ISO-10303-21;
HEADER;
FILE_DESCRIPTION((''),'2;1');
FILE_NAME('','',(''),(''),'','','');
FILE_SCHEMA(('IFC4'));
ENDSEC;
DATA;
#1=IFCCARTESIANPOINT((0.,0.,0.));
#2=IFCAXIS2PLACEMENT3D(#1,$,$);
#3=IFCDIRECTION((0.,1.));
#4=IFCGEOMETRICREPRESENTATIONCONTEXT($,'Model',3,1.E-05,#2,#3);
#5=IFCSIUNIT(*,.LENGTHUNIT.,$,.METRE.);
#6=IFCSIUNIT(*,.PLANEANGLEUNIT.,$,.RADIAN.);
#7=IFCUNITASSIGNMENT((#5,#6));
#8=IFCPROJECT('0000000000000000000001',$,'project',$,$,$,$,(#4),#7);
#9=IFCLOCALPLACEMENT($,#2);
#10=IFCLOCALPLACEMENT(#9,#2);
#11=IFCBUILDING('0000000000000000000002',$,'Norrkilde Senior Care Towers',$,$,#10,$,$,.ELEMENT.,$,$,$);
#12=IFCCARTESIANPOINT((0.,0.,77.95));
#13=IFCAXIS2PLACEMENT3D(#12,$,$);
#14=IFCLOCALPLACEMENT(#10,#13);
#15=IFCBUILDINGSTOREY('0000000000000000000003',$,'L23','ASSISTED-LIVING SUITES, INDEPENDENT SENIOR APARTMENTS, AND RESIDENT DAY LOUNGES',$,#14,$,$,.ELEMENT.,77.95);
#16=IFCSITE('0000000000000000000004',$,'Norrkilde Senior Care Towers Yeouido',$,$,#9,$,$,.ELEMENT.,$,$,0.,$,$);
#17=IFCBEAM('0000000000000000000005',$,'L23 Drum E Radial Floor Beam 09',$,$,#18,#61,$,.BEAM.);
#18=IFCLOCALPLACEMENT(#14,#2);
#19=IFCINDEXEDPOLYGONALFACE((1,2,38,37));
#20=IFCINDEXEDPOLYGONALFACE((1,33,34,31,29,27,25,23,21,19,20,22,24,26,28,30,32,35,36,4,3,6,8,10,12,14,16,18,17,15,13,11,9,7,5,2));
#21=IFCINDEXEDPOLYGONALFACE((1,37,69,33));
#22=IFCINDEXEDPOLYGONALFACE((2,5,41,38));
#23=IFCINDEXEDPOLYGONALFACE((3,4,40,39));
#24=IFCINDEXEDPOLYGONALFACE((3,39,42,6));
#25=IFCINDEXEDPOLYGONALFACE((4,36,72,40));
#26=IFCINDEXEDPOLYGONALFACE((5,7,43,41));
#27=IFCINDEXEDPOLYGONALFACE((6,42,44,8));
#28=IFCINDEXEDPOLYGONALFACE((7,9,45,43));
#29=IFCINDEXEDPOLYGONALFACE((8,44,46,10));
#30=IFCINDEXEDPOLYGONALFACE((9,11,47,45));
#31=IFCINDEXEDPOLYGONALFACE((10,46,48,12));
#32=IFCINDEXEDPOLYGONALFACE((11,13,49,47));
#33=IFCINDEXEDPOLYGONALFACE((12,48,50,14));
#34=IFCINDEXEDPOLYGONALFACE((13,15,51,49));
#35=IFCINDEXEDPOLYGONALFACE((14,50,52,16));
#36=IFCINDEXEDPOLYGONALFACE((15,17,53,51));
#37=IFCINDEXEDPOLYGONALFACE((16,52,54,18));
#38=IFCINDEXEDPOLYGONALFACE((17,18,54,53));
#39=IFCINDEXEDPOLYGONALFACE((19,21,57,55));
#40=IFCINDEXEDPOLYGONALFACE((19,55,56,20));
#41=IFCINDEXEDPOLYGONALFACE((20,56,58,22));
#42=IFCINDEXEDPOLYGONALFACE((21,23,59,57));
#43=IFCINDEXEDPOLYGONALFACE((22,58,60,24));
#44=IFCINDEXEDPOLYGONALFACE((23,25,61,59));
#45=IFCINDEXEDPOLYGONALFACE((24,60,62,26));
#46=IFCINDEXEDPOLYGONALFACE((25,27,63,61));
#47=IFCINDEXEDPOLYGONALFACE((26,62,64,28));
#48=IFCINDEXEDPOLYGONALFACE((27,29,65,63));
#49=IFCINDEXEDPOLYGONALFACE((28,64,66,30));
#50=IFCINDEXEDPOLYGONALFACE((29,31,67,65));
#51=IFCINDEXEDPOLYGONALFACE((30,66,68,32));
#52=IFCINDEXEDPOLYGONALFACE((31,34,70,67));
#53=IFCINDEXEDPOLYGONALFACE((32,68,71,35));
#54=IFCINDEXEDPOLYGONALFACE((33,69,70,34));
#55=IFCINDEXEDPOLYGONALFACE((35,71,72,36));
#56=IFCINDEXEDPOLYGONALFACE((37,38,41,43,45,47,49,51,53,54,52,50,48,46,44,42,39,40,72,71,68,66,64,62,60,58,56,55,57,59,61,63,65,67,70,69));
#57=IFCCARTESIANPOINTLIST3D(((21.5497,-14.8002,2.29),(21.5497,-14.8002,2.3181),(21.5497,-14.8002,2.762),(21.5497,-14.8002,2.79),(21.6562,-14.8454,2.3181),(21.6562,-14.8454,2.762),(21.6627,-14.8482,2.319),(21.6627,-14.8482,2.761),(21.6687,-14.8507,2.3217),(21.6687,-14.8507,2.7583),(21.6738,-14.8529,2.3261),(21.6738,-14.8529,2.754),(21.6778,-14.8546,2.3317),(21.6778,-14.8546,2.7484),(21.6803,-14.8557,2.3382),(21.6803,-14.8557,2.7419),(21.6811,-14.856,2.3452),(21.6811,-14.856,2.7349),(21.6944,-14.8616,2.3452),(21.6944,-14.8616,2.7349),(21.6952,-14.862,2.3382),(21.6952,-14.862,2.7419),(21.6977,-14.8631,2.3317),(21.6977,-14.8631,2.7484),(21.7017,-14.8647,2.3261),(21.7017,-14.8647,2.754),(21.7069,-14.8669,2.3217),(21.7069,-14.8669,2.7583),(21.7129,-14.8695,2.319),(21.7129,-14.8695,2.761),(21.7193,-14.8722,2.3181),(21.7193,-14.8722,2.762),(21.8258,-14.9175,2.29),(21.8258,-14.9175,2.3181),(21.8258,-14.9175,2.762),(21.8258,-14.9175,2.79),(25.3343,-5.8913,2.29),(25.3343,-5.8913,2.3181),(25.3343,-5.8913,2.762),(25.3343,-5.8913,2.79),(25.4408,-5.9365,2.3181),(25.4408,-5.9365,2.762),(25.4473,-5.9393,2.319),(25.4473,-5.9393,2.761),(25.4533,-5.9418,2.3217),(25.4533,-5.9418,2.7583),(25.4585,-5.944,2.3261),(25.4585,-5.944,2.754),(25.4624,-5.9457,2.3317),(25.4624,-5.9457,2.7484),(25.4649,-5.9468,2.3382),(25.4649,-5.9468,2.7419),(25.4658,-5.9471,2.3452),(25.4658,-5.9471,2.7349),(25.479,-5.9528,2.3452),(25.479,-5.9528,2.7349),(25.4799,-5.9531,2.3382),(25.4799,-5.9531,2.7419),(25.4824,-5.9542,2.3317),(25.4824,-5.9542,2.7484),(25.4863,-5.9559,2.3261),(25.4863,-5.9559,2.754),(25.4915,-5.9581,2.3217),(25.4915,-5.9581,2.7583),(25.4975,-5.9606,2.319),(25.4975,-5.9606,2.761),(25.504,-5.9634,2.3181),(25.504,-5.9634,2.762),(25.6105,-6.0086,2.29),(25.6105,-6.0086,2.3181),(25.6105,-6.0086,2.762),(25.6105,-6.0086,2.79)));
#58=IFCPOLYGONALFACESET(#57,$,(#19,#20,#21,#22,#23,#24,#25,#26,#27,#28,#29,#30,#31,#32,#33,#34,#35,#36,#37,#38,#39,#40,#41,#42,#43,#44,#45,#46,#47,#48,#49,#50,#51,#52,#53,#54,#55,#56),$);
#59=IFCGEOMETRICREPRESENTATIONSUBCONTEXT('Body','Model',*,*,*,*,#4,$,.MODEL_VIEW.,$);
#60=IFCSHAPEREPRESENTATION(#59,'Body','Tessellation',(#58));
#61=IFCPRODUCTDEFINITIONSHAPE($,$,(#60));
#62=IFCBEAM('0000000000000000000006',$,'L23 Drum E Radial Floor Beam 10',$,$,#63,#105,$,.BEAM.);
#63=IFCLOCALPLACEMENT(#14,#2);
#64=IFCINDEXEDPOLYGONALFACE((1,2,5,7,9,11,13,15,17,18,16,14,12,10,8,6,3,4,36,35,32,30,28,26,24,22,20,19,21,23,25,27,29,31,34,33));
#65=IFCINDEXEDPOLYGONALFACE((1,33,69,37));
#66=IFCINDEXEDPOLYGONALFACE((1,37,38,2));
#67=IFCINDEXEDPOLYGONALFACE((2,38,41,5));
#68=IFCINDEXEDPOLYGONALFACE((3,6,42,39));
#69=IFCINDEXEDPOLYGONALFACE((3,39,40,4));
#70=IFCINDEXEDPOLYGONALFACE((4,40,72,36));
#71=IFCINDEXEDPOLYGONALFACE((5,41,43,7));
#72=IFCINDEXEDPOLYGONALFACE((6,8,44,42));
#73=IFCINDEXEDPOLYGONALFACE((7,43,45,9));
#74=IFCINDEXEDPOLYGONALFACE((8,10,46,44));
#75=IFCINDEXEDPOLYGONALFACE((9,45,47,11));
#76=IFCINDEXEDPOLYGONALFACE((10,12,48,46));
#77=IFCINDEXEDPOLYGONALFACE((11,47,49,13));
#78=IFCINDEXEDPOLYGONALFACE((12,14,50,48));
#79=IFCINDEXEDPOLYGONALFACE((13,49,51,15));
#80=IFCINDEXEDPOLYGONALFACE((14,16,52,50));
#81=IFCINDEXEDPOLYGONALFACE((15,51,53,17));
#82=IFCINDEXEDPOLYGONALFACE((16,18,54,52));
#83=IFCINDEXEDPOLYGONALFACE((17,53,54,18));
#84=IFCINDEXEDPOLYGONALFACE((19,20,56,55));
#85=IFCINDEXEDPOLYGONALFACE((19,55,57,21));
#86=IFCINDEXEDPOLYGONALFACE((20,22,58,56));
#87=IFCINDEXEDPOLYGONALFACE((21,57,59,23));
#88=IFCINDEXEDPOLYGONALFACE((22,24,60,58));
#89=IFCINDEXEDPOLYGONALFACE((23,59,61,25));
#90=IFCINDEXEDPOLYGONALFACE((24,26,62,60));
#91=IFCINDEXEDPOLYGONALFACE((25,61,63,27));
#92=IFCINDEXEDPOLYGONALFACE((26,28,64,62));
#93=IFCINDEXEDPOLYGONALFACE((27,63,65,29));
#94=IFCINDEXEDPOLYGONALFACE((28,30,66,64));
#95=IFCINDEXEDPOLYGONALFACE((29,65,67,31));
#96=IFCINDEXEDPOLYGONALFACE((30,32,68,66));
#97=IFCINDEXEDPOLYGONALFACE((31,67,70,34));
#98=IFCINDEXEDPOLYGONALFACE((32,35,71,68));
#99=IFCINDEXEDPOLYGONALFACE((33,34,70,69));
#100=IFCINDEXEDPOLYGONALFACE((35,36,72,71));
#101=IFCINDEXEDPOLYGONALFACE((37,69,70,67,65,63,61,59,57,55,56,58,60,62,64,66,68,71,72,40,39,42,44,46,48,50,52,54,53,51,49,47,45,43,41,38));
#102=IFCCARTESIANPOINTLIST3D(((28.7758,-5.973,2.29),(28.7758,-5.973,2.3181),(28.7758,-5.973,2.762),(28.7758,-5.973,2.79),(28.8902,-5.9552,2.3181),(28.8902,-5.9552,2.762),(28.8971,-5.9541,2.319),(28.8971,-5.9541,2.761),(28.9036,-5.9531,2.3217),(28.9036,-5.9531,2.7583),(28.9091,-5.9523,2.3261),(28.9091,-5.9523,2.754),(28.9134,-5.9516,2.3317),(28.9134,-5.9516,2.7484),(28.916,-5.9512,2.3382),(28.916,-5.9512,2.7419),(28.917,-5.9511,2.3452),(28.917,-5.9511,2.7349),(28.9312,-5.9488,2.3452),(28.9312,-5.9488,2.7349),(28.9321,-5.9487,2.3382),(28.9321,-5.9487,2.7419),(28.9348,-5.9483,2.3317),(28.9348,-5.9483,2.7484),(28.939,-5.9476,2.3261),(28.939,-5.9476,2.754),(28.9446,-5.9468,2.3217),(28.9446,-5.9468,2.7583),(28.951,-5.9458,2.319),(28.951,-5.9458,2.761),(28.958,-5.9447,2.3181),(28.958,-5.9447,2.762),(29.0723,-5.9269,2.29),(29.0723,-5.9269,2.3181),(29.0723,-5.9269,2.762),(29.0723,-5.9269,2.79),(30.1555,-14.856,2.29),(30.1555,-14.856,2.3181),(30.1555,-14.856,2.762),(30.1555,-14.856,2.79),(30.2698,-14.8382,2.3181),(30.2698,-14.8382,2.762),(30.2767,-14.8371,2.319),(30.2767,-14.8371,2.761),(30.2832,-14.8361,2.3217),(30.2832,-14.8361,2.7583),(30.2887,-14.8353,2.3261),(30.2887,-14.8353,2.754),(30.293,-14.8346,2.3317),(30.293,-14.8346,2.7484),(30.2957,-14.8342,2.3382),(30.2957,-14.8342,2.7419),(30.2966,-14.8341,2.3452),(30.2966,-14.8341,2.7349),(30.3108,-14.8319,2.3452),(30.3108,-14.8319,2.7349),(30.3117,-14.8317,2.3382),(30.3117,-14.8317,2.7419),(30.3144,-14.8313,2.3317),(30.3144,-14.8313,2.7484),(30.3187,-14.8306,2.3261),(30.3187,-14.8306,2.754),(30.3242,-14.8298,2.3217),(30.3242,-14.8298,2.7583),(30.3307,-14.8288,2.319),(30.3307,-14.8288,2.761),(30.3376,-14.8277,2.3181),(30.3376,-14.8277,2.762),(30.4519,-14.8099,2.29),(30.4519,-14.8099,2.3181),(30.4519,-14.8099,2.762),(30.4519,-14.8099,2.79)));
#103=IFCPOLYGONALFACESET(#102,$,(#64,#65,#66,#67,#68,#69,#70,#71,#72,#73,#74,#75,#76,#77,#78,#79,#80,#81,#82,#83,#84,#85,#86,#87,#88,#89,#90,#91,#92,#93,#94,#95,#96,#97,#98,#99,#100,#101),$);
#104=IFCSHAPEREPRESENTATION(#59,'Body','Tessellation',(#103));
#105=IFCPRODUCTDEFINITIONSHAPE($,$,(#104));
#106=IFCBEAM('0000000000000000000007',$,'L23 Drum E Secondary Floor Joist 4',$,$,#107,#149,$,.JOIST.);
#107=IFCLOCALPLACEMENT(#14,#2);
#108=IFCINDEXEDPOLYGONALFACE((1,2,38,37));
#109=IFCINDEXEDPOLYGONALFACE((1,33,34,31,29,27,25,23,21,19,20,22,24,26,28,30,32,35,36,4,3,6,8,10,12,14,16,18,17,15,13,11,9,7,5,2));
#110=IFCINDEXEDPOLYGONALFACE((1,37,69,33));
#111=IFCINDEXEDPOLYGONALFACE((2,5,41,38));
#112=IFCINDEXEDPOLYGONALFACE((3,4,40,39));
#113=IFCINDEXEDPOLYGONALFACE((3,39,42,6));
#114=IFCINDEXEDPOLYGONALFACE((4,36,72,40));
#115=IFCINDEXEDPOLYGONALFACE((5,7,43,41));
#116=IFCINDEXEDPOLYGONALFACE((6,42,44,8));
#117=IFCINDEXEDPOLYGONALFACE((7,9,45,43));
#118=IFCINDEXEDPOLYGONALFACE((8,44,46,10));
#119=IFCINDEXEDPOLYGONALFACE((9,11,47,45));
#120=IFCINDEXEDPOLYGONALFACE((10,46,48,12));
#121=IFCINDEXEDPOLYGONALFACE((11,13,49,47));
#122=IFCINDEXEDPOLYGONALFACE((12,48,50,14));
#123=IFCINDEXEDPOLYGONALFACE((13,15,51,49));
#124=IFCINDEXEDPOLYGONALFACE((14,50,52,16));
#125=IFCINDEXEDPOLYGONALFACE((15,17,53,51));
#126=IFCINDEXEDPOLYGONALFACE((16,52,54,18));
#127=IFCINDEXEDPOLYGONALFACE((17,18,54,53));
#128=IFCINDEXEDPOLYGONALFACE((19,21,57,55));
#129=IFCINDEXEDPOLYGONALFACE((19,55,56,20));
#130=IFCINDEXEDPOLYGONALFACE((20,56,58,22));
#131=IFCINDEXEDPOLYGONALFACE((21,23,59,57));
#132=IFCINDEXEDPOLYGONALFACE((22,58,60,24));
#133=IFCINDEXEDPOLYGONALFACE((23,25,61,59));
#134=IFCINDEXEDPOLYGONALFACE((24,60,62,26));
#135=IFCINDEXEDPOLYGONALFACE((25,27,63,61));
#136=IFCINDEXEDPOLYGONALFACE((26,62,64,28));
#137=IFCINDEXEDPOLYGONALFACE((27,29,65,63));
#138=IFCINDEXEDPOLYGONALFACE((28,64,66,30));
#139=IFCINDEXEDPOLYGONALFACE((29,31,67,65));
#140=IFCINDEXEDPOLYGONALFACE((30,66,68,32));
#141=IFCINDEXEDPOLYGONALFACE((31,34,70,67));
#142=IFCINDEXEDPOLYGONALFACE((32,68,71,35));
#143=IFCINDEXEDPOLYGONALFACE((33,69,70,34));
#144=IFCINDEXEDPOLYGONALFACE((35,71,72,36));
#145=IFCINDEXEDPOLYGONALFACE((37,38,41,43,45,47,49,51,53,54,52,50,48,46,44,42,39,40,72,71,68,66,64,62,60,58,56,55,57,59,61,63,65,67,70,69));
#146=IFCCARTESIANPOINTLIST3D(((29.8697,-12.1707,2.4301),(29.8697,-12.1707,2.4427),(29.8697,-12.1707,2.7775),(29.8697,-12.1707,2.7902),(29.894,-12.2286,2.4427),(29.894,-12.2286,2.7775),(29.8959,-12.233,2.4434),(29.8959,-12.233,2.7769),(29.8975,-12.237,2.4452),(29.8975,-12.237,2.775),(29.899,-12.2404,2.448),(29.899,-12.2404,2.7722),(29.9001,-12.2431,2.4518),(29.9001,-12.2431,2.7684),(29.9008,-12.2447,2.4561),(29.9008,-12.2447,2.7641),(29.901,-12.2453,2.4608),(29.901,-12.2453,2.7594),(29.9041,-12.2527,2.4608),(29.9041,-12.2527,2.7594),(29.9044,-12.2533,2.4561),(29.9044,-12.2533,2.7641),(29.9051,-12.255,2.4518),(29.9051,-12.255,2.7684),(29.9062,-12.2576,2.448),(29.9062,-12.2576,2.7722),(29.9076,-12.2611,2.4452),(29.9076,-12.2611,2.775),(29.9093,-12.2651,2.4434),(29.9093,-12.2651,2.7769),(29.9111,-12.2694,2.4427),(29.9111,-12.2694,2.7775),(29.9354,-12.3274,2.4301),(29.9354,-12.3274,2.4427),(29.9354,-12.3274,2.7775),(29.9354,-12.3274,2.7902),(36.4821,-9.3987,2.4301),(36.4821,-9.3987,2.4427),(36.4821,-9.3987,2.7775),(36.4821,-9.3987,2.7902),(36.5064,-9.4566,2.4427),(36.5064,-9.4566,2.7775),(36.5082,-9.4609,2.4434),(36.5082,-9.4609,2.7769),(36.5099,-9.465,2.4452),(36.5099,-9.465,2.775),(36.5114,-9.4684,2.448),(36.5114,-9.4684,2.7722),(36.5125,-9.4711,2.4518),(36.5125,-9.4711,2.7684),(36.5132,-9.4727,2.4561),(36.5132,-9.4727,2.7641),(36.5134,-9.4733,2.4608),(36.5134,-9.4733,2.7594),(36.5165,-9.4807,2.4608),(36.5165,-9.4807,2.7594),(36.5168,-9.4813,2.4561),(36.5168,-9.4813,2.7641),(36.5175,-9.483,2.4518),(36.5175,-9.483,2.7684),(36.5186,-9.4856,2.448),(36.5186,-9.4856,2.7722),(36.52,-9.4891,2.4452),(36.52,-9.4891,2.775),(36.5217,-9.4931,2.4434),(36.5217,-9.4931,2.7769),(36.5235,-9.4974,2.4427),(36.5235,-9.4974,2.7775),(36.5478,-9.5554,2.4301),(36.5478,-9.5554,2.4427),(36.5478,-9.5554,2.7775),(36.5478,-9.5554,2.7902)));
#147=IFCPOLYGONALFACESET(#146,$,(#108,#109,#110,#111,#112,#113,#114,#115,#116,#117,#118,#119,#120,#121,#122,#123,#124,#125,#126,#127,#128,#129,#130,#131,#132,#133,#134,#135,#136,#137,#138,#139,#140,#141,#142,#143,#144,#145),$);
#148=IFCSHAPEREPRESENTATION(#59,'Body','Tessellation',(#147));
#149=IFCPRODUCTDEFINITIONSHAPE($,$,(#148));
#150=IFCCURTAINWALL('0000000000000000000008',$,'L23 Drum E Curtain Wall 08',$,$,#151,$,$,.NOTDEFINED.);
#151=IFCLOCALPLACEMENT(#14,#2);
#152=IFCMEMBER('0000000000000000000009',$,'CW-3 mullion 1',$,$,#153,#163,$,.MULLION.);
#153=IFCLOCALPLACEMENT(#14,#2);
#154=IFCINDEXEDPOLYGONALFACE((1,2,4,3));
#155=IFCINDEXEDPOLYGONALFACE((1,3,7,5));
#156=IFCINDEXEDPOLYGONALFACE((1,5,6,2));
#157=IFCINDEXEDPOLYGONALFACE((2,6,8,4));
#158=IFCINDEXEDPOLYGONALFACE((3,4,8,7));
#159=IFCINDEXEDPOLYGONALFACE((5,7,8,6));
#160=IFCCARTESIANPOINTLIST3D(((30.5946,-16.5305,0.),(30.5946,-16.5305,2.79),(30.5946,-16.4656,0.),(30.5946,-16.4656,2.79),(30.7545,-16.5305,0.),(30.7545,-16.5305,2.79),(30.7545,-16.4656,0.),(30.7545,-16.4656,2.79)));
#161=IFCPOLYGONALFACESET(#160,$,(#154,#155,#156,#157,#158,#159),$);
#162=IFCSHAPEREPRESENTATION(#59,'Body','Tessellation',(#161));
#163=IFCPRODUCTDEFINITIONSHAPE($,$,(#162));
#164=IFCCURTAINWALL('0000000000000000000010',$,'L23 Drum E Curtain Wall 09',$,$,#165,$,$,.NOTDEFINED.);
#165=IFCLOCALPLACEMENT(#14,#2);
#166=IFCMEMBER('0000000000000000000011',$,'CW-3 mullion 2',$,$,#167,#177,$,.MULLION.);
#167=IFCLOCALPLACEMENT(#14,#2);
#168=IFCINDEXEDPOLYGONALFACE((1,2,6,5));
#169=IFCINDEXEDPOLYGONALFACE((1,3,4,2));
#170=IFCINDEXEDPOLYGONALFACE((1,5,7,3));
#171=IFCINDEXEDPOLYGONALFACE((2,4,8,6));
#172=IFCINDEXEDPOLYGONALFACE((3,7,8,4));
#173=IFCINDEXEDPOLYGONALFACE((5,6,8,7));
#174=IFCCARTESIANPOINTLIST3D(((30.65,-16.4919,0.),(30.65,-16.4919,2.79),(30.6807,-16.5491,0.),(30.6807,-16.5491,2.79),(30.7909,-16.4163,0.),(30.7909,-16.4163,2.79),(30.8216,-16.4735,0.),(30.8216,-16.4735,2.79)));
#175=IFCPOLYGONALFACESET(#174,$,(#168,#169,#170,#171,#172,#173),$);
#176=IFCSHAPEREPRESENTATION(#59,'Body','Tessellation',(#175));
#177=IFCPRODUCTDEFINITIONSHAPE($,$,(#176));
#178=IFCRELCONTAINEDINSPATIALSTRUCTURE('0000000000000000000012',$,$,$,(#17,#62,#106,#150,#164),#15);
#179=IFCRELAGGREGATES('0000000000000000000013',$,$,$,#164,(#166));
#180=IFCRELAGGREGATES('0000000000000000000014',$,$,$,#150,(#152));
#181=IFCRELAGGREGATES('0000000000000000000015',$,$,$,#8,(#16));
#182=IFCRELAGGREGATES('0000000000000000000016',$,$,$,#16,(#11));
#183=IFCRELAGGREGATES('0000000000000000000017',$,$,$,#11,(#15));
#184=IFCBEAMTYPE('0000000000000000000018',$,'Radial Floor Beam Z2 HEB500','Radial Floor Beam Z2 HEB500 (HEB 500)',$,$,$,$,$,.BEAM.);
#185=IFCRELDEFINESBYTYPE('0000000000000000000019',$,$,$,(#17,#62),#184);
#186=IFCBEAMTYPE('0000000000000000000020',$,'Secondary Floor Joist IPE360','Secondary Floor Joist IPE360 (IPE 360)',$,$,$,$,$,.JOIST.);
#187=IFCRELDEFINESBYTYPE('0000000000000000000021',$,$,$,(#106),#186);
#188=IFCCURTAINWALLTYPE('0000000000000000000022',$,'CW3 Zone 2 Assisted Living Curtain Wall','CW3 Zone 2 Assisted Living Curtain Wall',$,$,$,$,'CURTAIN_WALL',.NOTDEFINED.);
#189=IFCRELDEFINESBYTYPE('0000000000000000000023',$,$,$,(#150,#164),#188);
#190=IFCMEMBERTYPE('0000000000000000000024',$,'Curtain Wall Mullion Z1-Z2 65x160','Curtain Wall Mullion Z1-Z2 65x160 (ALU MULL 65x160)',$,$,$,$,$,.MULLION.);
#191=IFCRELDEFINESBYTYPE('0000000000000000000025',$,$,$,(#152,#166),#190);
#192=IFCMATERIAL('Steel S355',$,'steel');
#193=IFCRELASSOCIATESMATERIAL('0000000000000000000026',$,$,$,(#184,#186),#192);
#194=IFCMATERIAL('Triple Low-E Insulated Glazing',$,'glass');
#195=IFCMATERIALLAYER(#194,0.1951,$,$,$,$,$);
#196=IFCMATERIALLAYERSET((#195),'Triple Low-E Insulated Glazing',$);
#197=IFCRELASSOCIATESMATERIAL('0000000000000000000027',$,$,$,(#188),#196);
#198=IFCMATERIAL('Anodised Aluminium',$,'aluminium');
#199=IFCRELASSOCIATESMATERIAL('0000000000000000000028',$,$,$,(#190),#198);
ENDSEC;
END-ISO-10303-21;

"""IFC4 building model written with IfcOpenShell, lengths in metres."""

from ifc_helpers import new_model, si_unit, direction, frame, origin, origin_2d, place, context, subcontext, project, spatial, rectangle, i_section, extrude, source, transform, mapped, material, layer, layer_set, material_profile, profile_set, type_object, type_shapes, element, aggregate, save


model = new_model("IFC4")

# Units and contexts
model_context = context("Model", 3, precision=1e-05, world=origin(), true_north=direction((0.0, 1.0)))
body_context = subcontext(model_context, "Body", "Model", "MODEL_VIEW")
ifc_project = project(units=[si_unit("LENGTHUNIT", "METRE"), si_unit("PLANEANGLEUNIT", "RADIAN")], contexts=[model_context])

# Site, building, storey
site_placement = place(None, origin())
site = spatial("IfcSite", under=ifc_project, at=site_placement, Name="Norrkilde Senior Care Towers Yeouido", CompositionType="ELEMENT", RefElevation=0.0)
building_placement = place(site_placement, origin())
building = spatial("IfcBuilding", under=site, at=building_placement, Name="Norrkilde Senior Care Towers", CompositionType="ELEMENT")
storey_placement = place(building_placement, frame((0.0, 0.0, 77.95)))
storey = spatial("IfcBuildingStorey", under=building, at=storey_placement, Name="L23", Description="ASSISTED-LIVING SUITES, INDEPENDENT SENIOR APARTMENTS, AND RESIDENT DAY LOUNGES", CompositionType="ELEMENT", Elevation=77.95)

# Beams
ifc_material_1 = material(Name="Steel S355", Category="steel")
ifc_material_profile_1 = material_profile(ifc_material_1, i_section(OverallWidth=0.3, OverallDepth=0.5, WebThickness=0.0144, FlangeThickness=0.0281, FilletRadius=0.0271, at=origin_2d()), Name="HEB 500")
ifc_profile_set_1 = profile_set([ifc_material_profile_1], Name="Steel S355")
beam_type_1 = type_object("IfcBeamType", Name="Radial Floor Beam Z2 HEB500", Description="Radial Floor Beam Z2 HEB500 (HEB 500)", PredefinedType="BEAM", material=ifc_profile_set_1)
shared_shape_1 = source(origin(), body_context, "Body", "SweptSolid", [
    extrude(i_section(OverallWidth=0.3, OverallDepth=0.5, WebThickness=0.0144, FlangeThickness=0.0281, FilletRadius=0.0271, at=origin_2d()), origin(), (0.0, 0.0, 1.0), 9.6794),
])
beam_1_placement = place(storey_placement, frame((25.4724, -5.95, 2.54), z_axis=(-0.390998, -0.920392, 0.0), x_axis=(0.920392, -0.390998, 0.0)))
element("IfcBeam", 1, at=beam_1_placement, inside=storey, type_object=beam_type_1, Name="L23 Drum E Radial Floor Beam 09", PredefinedType="BEAM", context=body_context, shape_type="MappedRepresentation", body=[
    mapped(shared_shape_1, transform((0.0, 0.0, 0.0), x_axis=(1.0, 0.0, 0.0), y_axis=(0.0, 1.0, 0.0), z_axis=(0.0, 0.0, 1.0), scale=1.0)),
])
shared_shape_2 = source(origin(), body_context, "Body", "SweptSolid", [
    extrude(i_section(OverallWidth=0.3, OverallDepth=0.5, WebThickness=0.0144, FlangeThickness=0.0281, FilletRadius=0.0271, at=origin_2d()), origin(), (0.0, 0.0, 1.0), 8.9895),
])
type_shapes(beam_type_1, [shared_shape_1, shared_shape_2])
beam_2_placement = place(storey_placement, frame((28.9241, -5.95, 2.54), z_axis=(0.153471, -0.988153, 0.0), x_axis=(0.988153, 0.153471, 0.0)))
element("IfcBeam", 2, at=beam_2_placement, inside=storey, type_object=beam_type_1, Name="L23 Drum E Radial Floor Beam 10", PredefinedType="BEAM", context=body_context, shape_type="MappedRepresentation", body=[
    mapped(shared_shape_2, transform((0.0, 0.0, 0.0), x_axis=(1.0, 0.0, 0.0), y_axis=(0.0, 1.0, 0.0), z_axis=(0.0, 0.0, 1.0), scale=1.0)),
])
ifc_material_profile_2 = material_profile(ifc_material_1, i_section(OverallWidth=0.1699, OverallDepth=0.3601, WebThickness=0.0081, FlangeThickness=0.0127, FilletRadius=0.0181, at=origin_2d()), Name="IPE 360")
ifc_profile_set_2 = profile_set([ifc_material_profile_2], Name="Steel S355")
beam_type_2 = type_object("IfcBeamType", Name="Secondary Floor Joist IPE360", Description="Secondary Floor Joist IPE360 (IPE 360)", PredefinedType="JOIST", material=ifc_profile_set_2)
shared_shape_3 = source(origin(), body_context, "Body", "SweptSolid", [
    extrude(i_section(OverallWidth=0.1699, OverallDepth=0.3601, WebThickness=0.0081, FlangeThickness=0.0127, FilletRadius=0.0181, at=origin_2d()), origin(), (0.0, 0.0, 1.0), 7.1699),
])
type_shapes(beam_type_2, [shared_shape_3])
beam_3_placement = place(storey_placement, frame((29.9026, -12.249, 2.6101), z_axis=(0.922241, 0.386616, 0.0), x_axis=(-0.386616, 0.922241, 0.0)))
element("IfcBeam", 3, at=beam_3_placement, inside=storey, type_object=beam_type_2, Name="L23 Drum E Secondary Floor Joist 4", PredefinedType="JOIST", context=body_context, shape_type="MappedRepresentation", body=[
    mapped(shared_shape_3, transform((0.0, 0.0, 0.0), x_axis=(1.0, 0.0, 0.0), y_axis=(0.0, 1.0, 0.0), z_axis=(0.0, 0.0, 1.0), scale=1.0)),
])

# Curtain walls, members
ifc_material_2 = material(Name="Triple Low-E Insulated Glazing", Category="glass")
ifc_layer_1 = layer(ifc_material_2, 0.1951)
ifc_layer_set_1 = layer_set([ifc_layer_1], Name="Triple Low-E Insulated Glazing")
curtain_wall_type = type_object("IfcCurtainWallType", Name="CW3 Zone 2 Assisted Living Curtain Wall", Description="CW3 Zone 2 Assisted Living Curtain Wall", ElementType="CURTAIN_WALL", PredefinedType="NOTDEFINED", material=ifc_layer_set_1)
curtain_wall_1_placement = place(storey_placement, origin())
curtain_wall_1 = element("IfcCurtainWall", 4, at=curtain_wall_1_placement, inside=storey, type_object=curtain_wall_type, Name="L23 Drum E Curtain Wall 08", PredefinedType="NOTDEFINED")
ifc_material_3 = material(Name="Anodised Aluminium", Category="aluminium")
ifc_material_profile_3 = material_profile(ifc_material_3, rectangle(XDim=0.0649, YDim=0.1599, at=origin_2d()), Name="ALU MULL 65x160")
ifc_profile_set_3 = profile_set([ifc_material_profile_3], Name="Anodised Aluminium")
member_type_1 = type_object("IfcMemberType", Name="Curtain Wall Mullion Z1-Z2 65x160", Description="Curtain Wall Mullion Z1-Z2 65x160 (ALU MULL 65x160)", PredefinedType="MULLION", material=ifc_profile_set_3)
shared_shape_4 = source(origin(), body_context, "Body", "SweptSolid", [
    extrude(rectangle(XDim=0.0649, YDim=0.1599, at=origin_2d()), origin(), (0.0, 0.0, 1.0), 2.79),
])
type_shapes(member_type_1, [shared_shape_4])
member_1_placement = place(storey_placement, frame((30.6746, -16.498, 0.0), z_axis=(0.0, 0.0, 1.0), x_axis=(0.0, -1.0, 0.0)))
member_1 = element("IfcMember", 5, at=member_1_placement, type_object=member_type_1, Name="CW-3 mullion 1", PredefinedType="MULLION", context=body_context, shape_type="MappedRepresentation", body=[
    mapped(shared_shape_4, transform((0.0, 0.0, 0.0), x_axis=(1.0, 0.0, 0.0), y_axis=(0.0, 1.0, 0.0), z_axis=(0.0, 0.0, 1.0), scale=1.0)),
])
curtain_wall_2_placement = place(storey_placement, origin())
curtain_wall_2 = element("IfcCurtainWall", 6, at=curtain_wall_2_placement, inside=storey, type_object=curtain_wall_type, Name="L23 Drum E Curtain Wall 09", PredefinedType="NOTDEFINED")
member_2_placement = place(storey_placement, frame((30.7358, -16.4827, 0.0), z_axis=(0.0, 0.0, 1.0), x_axis=(0.472769, -0.881186, 0.0)))
member_2 = element("IfcMember", 7, at=member_2_placement, type_object=member_type_1, Name="CW-3 mullion 2", PredefinedType="MULLION", context=body_context, shape_type="MappedRepresentation", body=[
    mapped(shared_shape_4, transform((0.0, 0.0, 0.0), x_axis=(1.0, 0.0, 0.0), y_axis=(0.0, 1.0, 0.0), z_axis=(0.0, 0.0, 1.0), scale=1.0)),
])
aggregate(curtain_wall_2, [member_2])

aggregate(curtain_wall_1, [member_1])

save(model, "model.ifc")
